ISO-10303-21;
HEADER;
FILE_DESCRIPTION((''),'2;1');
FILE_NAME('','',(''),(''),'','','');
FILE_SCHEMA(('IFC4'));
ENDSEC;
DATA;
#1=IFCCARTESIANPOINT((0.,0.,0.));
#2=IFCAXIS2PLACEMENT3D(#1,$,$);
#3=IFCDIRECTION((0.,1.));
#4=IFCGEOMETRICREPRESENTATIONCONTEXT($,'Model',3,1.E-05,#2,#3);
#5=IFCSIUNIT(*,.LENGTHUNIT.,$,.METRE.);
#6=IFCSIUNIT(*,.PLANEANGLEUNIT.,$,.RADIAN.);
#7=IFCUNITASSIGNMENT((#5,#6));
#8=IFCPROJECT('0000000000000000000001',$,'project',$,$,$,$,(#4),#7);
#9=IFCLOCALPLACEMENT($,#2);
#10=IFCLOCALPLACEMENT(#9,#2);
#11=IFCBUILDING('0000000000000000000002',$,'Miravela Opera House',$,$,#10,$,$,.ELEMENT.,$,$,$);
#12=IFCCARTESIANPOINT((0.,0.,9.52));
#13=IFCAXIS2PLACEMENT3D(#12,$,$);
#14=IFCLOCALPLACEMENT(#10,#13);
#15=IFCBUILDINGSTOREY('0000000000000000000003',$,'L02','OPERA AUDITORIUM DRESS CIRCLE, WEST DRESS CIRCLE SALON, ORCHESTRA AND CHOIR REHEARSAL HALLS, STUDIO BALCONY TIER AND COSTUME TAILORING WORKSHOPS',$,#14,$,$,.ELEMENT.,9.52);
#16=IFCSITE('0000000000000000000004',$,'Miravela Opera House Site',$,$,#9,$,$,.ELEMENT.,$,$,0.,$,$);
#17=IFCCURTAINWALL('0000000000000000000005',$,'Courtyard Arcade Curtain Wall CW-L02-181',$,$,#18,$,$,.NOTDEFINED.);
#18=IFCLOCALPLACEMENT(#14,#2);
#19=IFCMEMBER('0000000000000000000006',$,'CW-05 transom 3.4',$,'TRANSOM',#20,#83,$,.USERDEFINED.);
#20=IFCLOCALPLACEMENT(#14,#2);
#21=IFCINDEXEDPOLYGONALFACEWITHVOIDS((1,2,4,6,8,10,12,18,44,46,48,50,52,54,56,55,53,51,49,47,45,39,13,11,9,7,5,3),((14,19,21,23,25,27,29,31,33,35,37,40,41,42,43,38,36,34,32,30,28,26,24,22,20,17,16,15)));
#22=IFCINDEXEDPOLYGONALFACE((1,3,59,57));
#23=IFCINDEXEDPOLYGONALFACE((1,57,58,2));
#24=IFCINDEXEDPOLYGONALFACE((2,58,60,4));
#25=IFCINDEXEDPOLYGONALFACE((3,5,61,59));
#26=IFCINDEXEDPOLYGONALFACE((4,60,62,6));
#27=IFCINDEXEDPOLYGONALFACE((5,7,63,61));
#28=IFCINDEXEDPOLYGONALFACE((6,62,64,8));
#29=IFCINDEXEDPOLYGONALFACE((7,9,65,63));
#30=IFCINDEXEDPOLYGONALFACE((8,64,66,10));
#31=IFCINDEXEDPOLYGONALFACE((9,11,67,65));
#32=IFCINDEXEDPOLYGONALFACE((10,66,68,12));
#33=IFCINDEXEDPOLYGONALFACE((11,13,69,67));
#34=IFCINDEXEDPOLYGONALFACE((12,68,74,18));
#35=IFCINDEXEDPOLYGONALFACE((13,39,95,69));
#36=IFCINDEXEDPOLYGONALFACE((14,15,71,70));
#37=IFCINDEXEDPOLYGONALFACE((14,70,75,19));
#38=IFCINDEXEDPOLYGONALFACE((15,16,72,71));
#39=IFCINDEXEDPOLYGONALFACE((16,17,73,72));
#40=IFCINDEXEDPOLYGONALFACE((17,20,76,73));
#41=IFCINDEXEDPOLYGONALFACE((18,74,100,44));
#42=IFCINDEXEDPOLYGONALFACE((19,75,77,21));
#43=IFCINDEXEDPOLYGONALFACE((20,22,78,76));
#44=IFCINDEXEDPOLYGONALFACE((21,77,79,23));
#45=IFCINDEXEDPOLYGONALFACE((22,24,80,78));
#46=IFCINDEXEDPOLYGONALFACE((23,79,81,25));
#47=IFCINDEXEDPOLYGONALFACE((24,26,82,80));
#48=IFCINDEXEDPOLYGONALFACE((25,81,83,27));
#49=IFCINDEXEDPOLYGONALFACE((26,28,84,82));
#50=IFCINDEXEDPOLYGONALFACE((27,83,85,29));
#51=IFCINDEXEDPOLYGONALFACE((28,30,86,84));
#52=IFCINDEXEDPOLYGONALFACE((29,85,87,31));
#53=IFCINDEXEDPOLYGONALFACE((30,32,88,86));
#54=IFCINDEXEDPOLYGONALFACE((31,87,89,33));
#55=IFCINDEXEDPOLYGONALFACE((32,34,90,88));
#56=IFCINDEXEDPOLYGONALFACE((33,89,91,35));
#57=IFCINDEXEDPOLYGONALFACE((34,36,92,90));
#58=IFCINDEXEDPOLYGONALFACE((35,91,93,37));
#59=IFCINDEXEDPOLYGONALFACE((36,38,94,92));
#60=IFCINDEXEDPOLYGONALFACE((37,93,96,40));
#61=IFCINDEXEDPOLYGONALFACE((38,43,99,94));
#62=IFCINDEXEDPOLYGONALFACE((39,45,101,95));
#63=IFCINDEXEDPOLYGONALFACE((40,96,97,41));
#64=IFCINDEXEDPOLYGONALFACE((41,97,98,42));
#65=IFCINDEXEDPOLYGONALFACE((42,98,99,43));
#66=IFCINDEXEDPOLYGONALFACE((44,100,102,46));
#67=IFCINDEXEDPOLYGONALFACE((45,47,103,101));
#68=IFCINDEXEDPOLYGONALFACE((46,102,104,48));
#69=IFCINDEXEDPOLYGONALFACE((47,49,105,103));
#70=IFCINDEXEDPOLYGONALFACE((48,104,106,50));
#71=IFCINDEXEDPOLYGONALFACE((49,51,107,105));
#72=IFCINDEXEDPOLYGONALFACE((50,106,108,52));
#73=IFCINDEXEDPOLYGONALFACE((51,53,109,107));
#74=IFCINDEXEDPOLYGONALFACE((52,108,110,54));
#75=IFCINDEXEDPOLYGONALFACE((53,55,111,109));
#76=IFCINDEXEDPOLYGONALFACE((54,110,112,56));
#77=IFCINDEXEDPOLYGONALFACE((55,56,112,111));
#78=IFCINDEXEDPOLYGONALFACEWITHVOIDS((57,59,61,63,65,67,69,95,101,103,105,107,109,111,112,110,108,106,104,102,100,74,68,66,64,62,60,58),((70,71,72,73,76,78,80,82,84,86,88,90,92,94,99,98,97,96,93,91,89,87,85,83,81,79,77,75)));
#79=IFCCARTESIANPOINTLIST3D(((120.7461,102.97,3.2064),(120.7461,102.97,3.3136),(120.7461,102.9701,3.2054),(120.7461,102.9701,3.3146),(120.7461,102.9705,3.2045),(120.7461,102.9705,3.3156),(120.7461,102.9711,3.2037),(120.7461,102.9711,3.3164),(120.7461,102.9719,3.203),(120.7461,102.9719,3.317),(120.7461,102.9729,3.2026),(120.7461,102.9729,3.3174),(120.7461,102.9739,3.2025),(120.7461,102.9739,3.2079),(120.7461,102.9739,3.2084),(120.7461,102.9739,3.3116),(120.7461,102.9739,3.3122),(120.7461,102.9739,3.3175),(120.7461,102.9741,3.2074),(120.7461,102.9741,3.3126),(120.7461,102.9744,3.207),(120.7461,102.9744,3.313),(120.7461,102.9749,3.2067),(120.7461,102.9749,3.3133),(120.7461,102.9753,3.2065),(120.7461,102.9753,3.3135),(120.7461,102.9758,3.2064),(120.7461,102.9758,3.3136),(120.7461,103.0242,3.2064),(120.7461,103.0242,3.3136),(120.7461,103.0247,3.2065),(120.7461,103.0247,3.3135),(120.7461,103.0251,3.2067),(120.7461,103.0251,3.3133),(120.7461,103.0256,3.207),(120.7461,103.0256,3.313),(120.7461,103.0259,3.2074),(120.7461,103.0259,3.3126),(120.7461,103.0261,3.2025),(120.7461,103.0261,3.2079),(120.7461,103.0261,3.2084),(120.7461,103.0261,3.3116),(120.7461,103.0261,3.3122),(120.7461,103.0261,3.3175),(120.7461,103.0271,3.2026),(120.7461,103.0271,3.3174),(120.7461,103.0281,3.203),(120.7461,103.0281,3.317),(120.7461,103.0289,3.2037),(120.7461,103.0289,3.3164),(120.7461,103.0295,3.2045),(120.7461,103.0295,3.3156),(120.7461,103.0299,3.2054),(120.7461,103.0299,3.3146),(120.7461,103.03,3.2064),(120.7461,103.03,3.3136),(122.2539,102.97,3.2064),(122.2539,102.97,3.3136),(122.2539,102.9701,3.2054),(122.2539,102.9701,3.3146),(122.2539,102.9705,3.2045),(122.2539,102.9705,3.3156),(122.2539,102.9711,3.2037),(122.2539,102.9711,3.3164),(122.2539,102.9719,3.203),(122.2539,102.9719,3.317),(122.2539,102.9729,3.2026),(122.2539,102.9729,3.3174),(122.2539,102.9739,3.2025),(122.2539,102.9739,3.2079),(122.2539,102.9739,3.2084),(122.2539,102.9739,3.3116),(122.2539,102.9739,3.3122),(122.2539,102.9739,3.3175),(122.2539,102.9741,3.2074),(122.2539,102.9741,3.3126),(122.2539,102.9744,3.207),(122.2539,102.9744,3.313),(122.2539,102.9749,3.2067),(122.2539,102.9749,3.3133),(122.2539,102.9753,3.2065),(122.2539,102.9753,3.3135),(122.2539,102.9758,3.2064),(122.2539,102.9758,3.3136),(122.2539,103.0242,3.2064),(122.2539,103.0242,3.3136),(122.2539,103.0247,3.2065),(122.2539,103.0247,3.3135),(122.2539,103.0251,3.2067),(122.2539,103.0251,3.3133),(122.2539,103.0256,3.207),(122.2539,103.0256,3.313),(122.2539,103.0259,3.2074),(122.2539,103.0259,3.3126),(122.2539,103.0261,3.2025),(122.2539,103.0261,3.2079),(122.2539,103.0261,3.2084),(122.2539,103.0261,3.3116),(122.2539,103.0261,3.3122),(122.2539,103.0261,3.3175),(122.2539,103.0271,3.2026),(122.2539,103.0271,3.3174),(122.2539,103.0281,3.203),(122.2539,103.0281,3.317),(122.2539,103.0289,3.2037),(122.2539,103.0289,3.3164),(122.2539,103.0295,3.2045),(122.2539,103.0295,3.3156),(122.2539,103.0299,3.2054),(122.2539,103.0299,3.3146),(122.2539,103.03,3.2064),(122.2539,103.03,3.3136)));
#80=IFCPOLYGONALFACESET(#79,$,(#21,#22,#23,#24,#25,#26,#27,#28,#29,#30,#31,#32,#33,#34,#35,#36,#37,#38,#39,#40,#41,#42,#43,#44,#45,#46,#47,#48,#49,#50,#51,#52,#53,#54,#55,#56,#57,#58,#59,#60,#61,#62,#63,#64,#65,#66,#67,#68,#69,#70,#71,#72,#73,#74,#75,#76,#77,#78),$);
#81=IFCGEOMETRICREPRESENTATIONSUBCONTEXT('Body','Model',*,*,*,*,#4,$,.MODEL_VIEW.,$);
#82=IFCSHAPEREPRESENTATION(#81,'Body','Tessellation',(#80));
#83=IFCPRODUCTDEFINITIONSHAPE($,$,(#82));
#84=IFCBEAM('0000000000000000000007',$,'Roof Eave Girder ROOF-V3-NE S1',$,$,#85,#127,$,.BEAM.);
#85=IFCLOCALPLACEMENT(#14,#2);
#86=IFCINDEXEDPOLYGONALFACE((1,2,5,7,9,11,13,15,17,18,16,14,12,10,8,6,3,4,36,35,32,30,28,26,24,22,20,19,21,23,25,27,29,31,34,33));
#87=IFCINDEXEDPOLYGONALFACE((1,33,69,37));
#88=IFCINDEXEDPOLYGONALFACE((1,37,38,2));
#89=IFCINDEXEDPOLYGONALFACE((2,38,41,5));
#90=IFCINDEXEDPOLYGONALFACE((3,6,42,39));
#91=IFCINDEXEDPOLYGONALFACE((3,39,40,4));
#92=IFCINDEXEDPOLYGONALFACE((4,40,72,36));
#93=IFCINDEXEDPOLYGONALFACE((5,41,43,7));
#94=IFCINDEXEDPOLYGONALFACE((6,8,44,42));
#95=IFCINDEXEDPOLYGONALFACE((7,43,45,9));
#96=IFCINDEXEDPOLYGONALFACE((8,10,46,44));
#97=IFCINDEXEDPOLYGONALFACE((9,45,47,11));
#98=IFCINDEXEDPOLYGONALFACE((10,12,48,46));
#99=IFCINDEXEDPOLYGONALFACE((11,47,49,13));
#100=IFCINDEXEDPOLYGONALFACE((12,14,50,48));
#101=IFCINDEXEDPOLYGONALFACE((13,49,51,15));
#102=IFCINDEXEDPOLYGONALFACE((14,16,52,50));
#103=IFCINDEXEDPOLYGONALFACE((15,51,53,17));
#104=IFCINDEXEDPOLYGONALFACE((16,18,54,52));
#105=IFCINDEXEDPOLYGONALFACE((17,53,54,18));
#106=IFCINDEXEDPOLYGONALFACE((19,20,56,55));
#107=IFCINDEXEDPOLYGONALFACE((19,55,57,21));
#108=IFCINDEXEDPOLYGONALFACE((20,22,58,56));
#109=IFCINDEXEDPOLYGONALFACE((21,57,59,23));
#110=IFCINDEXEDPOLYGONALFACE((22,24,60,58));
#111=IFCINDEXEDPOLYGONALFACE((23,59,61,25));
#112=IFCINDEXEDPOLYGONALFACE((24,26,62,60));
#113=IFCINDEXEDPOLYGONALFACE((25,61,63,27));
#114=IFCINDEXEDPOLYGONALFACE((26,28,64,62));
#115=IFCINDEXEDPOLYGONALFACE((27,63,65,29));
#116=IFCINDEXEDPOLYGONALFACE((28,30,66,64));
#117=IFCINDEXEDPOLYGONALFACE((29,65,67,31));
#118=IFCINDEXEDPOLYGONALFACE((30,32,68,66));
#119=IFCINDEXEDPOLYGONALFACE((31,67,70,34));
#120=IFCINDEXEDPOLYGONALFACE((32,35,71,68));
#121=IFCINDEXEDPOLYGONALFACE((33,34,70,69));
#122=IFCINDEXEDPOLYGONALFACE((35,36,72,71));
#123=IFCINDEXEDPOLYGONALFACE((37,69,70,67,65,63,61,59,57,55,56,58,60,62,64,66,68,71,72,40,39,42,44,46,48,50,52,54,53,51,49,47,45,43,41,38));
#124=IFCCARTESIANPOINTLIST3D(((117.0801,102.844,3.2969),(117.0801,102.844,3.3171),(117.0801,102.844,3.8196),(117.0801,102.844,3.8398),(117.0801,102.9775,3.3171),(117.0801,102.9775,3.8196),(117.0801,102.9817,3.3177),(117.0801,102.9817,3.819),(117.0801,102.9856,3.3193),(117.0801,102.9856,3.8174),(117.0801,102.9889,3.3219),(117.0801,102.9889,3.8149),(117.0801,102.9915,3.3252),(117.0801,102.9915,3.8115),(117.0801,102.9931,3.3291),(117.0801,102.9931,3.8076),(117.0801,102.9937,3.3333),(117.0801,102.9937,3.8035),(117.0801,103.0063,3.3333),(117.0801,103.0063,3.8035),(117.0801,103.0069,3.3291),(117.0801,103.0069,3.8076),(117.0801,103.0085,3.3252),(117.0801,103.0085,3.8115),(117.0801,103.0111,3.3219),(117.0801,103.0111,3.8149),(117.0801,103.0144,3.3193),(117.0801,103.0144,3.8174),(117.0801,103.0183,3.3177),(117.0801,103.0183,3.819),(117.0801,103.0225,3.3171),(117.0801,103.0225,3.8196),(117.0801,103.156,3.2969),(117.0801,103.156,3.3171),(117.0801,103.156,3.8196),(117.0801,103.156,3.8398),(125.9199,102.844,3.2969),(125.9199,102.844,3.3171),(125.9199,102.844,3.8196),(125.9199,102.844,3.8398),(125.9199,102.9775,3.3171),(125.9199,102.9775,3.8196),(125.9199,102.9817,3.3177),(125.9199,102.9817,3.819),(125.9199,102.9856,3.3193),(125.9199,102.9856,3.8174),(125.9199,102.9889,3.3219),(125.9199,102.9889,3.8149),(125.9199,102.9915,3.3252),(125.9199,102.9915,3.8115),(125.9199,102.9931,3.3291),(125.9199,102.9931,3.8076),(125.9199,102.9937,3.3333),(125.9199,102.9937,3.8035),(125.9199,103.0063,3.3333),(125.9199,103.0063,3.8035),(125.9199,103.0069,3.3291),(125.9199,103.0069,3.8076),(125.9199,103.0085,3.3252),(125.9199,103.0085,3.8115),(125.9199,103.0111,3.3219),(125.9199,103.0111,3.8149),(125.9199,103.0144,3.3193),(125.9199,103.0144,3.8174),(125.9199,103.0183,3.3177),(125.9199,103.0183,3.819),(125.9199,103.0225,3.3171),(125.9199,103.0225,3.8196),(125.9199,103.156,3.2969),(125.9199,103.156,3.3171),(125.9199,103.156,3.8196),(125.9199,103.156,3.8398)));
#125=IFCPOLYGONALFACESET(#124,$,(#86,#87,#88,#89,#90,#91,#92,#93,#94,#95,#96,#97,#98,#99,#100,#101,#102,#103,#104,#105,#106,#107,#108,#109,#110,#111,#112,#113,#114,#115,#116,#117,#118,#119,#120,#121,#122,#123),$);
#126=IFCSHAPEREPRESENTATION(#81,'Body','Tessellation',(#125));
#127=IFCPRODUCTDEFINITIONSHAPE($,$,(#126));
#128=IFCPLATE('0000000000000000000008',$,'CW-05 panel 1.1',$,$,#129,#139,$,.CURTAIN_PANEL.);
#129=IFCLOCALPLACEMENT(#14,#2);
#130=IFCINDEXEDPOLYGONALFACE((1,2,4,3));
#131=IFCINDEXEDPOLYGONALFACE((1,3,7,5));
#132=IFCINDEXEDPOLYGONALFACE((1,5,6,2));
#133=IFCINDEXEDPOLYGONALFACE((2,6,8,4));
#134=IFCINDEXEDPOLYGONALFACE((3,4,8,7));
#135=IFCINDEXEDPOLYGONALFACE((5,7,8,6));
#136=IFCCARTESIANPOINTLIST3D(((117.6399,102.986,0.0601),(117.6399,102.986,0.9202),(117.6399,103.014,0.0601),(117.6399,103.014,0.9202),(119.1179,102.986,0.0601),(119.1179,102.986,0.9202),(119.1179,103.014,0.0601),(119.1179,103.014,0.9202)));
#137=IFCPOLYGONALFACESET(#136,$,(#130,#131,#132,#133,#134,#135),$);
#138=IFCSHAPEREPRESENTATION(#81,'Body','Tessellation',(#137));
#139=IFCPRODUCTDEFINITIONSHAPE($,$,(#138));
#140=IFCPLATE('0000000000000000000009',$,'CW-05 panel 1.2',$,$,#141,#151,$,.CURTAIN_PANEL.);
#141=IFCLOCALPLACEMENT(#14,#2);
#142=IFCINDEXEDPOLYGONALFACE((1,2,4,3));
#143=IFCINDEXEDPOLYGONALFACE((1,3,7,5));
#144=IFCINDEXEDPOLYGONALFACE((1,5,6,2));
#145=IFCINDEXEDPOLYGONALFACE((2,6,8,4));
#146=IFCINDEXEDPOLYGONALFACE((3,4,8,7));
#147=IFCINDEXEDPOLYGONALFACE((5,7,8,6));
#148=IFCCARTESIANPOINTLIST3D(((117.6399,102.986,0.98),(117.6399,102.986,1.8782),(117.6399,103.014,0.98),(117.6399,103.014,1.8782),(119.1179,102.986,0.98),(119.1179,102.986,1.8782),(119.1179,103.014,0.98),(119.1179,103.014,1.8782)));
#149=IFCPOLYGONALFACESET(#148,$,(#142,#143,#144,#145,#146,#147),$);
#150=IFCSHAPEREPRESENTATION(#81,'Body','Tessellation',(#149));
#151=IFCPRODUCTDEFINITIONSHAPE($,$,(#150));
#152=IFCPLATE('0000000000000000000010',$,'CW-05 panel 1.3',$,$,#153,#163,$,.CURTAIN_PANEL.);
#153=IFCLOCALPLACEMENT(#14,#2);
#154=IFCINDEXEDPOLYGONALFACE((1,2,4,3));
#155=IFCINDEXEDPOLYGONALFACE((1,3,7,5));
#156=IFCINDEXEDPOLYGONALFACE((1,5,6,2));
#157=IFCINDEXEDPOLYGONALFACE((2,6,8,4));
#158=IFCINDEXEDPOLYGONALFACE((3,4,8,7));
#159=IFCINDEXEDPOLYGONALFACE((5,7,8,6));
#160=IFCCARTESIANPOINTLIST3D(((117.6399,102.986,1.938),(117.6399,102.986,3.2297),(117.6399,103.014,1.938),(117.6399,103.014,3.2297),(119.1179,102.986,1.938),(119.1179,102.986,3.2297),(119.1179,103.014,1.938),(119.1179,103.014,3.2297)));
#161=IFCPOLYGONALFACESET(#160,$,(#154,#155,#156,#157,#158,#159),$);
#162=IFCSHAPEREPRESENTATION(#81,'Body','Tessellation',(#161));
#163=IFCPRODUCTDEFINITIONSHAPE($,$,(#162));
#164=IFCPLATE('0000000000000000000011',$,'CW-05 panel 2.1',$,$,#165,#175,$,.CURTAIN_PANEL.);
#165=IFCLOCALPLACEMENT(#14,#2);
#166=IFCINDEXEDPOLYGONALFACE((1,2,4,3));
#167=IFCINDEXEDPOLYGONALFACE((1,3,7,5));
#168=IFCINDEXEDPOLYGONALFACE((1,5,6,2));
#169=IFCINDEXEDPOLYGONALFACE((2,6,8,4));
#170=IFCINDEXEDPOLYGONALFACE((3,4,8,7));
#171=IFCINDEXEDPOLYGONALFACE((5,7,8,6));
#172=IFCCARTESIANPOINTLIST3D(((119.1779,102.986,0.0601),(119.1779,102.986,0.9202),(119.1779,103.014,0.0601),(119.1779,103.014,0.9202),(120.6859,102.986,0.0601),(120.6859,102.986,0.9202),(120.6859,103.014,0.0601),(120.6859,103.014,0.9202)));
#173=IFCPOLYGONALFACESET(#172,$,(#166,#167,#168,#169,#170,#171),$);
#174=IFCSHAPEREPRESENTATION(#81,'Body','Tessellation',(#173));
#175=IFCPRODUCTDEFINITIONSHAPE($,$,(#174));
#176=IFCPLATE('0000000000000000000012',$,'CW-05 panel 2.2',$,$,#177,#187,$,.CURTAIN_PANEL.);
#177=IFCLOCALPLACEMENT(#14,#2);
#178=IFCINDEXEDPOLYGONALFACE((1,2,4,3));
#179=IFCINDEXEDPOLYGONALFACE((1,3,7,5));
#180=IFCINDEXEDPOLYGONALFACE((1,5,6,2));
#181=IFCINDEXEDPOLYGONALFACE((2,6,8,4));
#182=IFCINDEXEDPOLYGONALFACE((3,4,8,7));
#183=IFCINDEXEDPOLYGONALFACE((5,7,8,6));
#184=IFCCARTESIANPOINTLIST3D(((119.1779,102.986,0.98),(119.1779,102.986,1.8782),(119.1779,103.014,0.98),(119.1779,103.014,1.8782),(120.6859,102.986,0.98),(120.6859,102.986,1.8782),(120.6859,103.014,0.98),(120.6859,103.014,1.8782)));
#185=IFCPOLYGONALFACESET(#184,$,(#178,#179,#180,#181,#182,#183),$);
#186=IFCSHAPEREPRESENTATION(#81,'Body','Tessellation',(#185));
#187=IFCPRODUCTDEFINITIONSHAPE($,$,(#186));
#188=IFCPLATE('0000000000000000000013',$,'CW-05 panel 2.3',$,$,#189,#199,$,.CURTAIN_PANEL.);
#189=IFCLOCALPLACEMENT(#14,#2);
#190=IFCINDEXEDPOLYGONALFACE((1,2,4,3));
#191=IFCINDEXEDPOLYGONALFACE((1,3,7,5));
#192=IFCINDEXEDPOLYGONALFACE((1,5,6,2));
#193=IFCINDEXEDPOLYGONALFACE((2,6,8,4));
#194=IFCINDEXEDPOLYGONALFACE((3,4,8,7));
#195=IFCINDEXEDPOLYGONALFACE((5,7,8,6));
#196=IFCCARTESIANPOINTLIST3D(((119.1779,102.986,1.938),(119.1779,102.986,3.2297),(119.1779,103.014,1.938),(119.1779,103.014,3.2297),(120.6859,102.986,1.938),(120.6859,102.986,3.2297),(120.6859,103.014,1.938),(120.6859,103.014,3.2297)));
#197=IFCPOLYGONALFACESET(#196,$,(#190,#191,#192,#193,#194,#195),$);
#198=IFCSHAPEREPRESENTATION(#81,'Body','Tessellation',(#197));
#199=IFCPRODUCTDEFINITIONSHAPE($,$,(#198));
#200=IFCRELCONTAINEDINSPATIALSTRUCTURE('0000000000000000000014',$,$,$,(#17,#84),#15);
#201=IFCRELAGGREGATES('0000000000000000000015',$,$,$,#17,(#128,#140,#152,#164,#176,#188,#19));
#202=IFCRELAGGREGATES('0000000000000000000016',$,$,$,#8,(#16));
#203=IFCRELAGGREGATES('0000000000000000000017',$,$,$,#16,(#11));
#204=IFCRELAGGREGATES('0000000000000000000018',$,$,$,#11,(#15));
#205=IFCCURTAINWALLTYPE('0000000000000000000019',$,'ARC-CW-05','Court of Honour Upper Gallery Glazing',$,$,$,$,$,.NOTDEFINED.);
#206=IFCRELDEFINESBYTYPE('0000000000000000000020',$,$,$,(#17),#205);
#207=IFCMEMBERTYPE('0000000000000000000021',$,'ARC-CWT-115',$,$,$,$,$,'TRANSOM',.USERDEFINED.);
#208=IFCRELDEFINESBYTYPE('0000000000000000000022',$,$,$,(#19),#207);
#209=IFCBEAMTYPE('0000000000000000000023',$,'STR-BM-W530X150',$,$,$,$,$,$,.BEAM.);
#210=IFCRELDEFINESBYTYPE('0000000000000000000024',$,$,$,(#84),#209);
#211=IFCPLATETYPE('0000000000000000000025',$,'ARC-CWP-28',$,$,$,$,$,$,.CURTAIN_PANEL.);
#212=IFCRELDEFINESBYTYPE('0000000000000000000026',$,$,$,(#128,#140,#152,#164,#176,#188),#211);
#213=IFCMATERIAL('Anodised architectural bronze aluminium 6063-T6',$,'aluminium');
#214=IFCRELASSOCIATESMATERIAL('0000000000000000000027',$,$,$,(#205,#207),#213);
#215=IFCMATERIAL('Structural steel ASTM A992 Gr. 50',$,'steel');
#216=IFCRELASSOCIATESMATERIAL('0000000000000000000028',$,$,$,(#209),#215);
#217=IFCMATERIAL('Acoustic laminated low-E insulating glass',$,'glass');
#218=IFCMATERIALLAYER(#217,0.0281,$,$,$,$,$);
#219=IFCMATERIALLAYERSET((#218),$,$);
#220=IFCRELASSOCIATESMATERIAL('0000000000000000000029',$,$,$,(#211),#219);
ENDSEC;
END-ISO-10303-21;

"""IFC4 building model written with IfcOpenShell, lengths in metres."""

from ifc_helpers import new_model, si_unit, direction, frame, origin, origin_2d, place, context, subcontext, project, spatial, rectangle, hollow_rectangle, i_section, extrude, material, layer, layer_set, material_profile, profile_set, type_object, element, aggregate, save


model = new_model("IFC4")

# Units and contexts
model_context = context("Model", 3, precision=1e-05, world=origin(), true_north=direction((0.0, 1.0)))
body_context = subcontext(model_context, "Body", "Model", "MODEL_VIEW")
ifc_project = project(units=[si_unit("LENGTHUNIT", "METRE"), si_unit("PLANEANGLEUNIT", "RADIAN")], contexts=[model_context])

# Site, building, storey
site_placement = place(None, origin())
site = spatial("IfcSite", under=ifc_project, at=site_placement, Name="Miravela Opera House Site", CompositionType="ELEMENT", RefElevation=0.0)
building_placement = place(site_placement, origin())
building = spatial("IfcBuilding", under=site, at=building_placement, Name="Miravela Opera House", CompositionType="ELEMENT")
storey_placement = place(building_placement, frame((0.0, 0.0, 9.52)))
storey = spatial("IfcBuildingStorey", under=building, at=storey_placement, Name="L02", Description="OPERA AUDITORIUM DRESS CIRCLE, WEST DRESS CIRCLE SALON, ORCHESTRA AND CHOIR REHEARSAL HALLS, STUDIO BALCONY TIER AND COSTUME TAILORING WORKSHOPS", CompositionType="ELEMENT", Elevation=9.52)

# Curtain wall, member
ifc_material_1 = material(Name="Anodised architectural bronze aluminium 6063-T6", Category="aluminium")
curtain_wall_type = type_object("IfcCurtainWallType", Name="ARC-CW-05", Description="Court of Honour Upper Gallery Glazing", PredefinedType="NOTDEFINED", material=ifc_material_1)
curtain_wall_placement = place(storey_placement, origin())
curtain_wall = element("IfcCurtainWall", 1, at=curtain_wall_placement, inside=storey, type_object=curtain_wall_type, Name="Courtyard Arcade Curtain Wall CW-L02-181", PredefinedType="NOTDEFINED")
ifc_material_profile_1 = material_profile(ifc_material_1, hollow_rectangle(XDim=0.0601, YDim=0.115, WallThickness=0.0039, InnerFilletRadius=0.002, OuterFilletRadius=0.0039, at=origin_2d()), Name="CWT-60X115")
ifc_profile_set_1 = profile_set([ifc_material_profile_1])
member_type_1 = type_object("IfcMemberType", Name="ARC-CWT-115", ElementType="TRANSOM", PredefinedType="USERDEFINED", material=ifc_profile_set_1)
member_1_placement = place(storey_placement, frame((120.7461, 103.0, 3.26), z_axis=(1.0, 0.0, 0.0), x_axis=(0.0, 1.0, 0.0)))
member_1 = element("IfcMember", 2, at=member_1_placement, type_object=member_type_1, Name="CW-05 transom 3.4", ObjectType="TRANSOM", PredefinedType="USERDEFINED", context=body_context, shape_type="SweptSolid", body=[
    extrude(hollow_rectangle(XDim=0.0601, YDim=0.115, WallThickness=0.0039, InnerFilletRadius=0.002, OuterFilletRadius=0.0039, at=origin_2d()), origin(), (0.0, 0.0, 1.0), 1.5078),
])

# Beam
ifc_material_2 = material(Name="Structural steel ASTM A992 Gr. 50", Category="steel")
ifc_material_profile_2 = material_profile(ifc_material_2, i_section(OverallWidth=0.312, OverallDepth=0.543, WebThickness=0.0127, FlangeThickness=0.0203, FilletRadius=0.0161, at=origin_2d()), Name="W530X150")
ifc_profile_set_2 = profile_set([ifc_material_profile_2])
beam_type = type_object("IfcBeamType", Name="STR-BM-W530X150", PredefinedType="BEAM", material=ifc_profile_set_2)
beam_placement = place(storey_placement, frame((117.0801, 103.0, 3.5684), z_axis=(1.0, 0.0, 0.0), x_axis=(0.0, 1.0, 0.0)))
element("IfcBeam", 3, at=beam_placement, inside=storey, type_object=beam_type, Name="Roof Eave Girder ROOF-V3-NE S1", PredefinedType="BEAM", context=body_context, shape_type="SweptSolid", body=[
    extrude(i_section(OverallWidth=0.312, OverallDepth=0.543, WebThickness=0.0127, FlangeThickness=0.0203, FilletRadius=0.0161, at=origin_2d()), origin(), (0.0, 0.0, 1.0), 8.8398),
])

# Plates
ifc_material_3 = material(Name="Acoustic laminated low-E insulating glass", Category="glass")
ifc_layer = layer(ifc_material_3, 0.0281)
ifc_layer_set = layer_set([ifc_layer])
plate_type = type_object("IfcPlateType", Name="ARC-CWP-28", PredefinedType="CURTAIN_PANEL", material=ifc_layer_set)
plate_1_placement = place(storey_placement, frame((118.3789, 103.0, 0.0601), z_axis=(0.0, 0.0, 1.0), x_axis=(1.0, 0.0, 0.0)))
plate_1 = element("IfcPlate", 4, at=plate_1_placement, type_object=plate_type, Name="CW-05 panel 1.1", PredefinedType="CURTAIN_PANEL", context=body_context, shape_type="SweptSolid", body=[
    extrude(rectangle(XDim=1.478, YDim=0.0281, at=origin_2d()), origin(), (0.0, 0.0, 1.0), 0.8601),
])
plate_2_placement = place(storey_placement, frame((118.3789, 103.0, 0.98), z_axis=(0.0, 0.0, 1.0), x_axis=(1.0, 0.0, 0.0)))
plate_2 = element("IfcPlate", 5, at=plate_2_placement, type_object=plate_type, Name="CW-05 panel 1.2", PredefinedType="CURTAIN_PANEL", context=body_context, shape_type="SweptSolid", body=[
    extrude(rectangle(XDim=1.478, YDim=0.0281, at=origin_2d()), origin(), (0.0, 0.0, 1.0), 0.8982),
])
plate_3_placement = place(storey_placement, frame((118.3789, 103.0, 1.938), z_axis=(0.0, 0.0, 1.0), x_axis=(1.0, 0.0, 0.0)))
plate_3 = element("IfcPlate", 6, at=plate_3_placement, type_object=plate_type, Name="CW-05 panel 1.3", PredefinedType="CURTAIN_PANEL", context=body_context, shape_type="SweptSolid", body=[
    extrude(rectangle(XDim=1.478, YDim=0.0281, at=origin_2d()), origin(), (0.0, 0.0, 1.0), 1.2917),
])
plate_4_placement = place(storey_placement, frame((119.9319, 103.0, 0.0601), z_axis=(0.0, 0.0, 1.0), x_axis=(1.0, 0.0, 0.0)))
plate_4 = element("IfcPlate", 7, at=plate_4_placement, type_object=plate_type, Name="CW-05 panel 2.1", PredefinedType="CURTAIN_PANEL", context=body_context, shape_type="SweptSolid", body=[
    extrude(rectangle(XDim=1.5081, YDim=0.0281, at=origin_2d()), origin(), (0.0, 0.0, 1.0), 0.8601),
])
plate_5_placement = place(storey_placement, frame((119.9319, 103.0, 0.98), z_axis=(0.0, 0.0, 1.0), x_axis=(1.0, 0.0, 0.0)))
plate_5 = element("IfcPlate", 8, at=plate_5_placement, type_object=plate_type, Name="CW-05 panel 2.2", PredefinedType="CURTAIN_PANEL", context=body_context, shape_type="SweptSolid", body=[
    extrude(rectangle(XDim=1.5081, YDim=0.0281, at=origin_2d()), origin(), (0.0, 0.0, 1.0), 0.8982),
])
plate_6_placement = place(storey_placement, frame((119.9319, 103.0, 1.938), z_axis=(0.0, 0.0, 1.0), x_axis=(1.0, 0.0, 0.0)))
plate_6 = element("IfcPlate", 9, at=plate_6_placement, type_object=plate_type, Name="CW-05 panel 2.3", PredefinedType="CURTAIN_PANEL", context=body_context, shape_type="SweptSolid", body=[
    extrude(rectangle(XDim=1.5081, YDim=0.0281, at=origin_2d()), origin(), (0.0, 0.0, 1.0), 1.2917),
])
aggregate(curtain_wall, [plate_1, plate_2, plate_3, plate_4, plate_5, plate_6, member_1])

save(model, "model.ifc")
